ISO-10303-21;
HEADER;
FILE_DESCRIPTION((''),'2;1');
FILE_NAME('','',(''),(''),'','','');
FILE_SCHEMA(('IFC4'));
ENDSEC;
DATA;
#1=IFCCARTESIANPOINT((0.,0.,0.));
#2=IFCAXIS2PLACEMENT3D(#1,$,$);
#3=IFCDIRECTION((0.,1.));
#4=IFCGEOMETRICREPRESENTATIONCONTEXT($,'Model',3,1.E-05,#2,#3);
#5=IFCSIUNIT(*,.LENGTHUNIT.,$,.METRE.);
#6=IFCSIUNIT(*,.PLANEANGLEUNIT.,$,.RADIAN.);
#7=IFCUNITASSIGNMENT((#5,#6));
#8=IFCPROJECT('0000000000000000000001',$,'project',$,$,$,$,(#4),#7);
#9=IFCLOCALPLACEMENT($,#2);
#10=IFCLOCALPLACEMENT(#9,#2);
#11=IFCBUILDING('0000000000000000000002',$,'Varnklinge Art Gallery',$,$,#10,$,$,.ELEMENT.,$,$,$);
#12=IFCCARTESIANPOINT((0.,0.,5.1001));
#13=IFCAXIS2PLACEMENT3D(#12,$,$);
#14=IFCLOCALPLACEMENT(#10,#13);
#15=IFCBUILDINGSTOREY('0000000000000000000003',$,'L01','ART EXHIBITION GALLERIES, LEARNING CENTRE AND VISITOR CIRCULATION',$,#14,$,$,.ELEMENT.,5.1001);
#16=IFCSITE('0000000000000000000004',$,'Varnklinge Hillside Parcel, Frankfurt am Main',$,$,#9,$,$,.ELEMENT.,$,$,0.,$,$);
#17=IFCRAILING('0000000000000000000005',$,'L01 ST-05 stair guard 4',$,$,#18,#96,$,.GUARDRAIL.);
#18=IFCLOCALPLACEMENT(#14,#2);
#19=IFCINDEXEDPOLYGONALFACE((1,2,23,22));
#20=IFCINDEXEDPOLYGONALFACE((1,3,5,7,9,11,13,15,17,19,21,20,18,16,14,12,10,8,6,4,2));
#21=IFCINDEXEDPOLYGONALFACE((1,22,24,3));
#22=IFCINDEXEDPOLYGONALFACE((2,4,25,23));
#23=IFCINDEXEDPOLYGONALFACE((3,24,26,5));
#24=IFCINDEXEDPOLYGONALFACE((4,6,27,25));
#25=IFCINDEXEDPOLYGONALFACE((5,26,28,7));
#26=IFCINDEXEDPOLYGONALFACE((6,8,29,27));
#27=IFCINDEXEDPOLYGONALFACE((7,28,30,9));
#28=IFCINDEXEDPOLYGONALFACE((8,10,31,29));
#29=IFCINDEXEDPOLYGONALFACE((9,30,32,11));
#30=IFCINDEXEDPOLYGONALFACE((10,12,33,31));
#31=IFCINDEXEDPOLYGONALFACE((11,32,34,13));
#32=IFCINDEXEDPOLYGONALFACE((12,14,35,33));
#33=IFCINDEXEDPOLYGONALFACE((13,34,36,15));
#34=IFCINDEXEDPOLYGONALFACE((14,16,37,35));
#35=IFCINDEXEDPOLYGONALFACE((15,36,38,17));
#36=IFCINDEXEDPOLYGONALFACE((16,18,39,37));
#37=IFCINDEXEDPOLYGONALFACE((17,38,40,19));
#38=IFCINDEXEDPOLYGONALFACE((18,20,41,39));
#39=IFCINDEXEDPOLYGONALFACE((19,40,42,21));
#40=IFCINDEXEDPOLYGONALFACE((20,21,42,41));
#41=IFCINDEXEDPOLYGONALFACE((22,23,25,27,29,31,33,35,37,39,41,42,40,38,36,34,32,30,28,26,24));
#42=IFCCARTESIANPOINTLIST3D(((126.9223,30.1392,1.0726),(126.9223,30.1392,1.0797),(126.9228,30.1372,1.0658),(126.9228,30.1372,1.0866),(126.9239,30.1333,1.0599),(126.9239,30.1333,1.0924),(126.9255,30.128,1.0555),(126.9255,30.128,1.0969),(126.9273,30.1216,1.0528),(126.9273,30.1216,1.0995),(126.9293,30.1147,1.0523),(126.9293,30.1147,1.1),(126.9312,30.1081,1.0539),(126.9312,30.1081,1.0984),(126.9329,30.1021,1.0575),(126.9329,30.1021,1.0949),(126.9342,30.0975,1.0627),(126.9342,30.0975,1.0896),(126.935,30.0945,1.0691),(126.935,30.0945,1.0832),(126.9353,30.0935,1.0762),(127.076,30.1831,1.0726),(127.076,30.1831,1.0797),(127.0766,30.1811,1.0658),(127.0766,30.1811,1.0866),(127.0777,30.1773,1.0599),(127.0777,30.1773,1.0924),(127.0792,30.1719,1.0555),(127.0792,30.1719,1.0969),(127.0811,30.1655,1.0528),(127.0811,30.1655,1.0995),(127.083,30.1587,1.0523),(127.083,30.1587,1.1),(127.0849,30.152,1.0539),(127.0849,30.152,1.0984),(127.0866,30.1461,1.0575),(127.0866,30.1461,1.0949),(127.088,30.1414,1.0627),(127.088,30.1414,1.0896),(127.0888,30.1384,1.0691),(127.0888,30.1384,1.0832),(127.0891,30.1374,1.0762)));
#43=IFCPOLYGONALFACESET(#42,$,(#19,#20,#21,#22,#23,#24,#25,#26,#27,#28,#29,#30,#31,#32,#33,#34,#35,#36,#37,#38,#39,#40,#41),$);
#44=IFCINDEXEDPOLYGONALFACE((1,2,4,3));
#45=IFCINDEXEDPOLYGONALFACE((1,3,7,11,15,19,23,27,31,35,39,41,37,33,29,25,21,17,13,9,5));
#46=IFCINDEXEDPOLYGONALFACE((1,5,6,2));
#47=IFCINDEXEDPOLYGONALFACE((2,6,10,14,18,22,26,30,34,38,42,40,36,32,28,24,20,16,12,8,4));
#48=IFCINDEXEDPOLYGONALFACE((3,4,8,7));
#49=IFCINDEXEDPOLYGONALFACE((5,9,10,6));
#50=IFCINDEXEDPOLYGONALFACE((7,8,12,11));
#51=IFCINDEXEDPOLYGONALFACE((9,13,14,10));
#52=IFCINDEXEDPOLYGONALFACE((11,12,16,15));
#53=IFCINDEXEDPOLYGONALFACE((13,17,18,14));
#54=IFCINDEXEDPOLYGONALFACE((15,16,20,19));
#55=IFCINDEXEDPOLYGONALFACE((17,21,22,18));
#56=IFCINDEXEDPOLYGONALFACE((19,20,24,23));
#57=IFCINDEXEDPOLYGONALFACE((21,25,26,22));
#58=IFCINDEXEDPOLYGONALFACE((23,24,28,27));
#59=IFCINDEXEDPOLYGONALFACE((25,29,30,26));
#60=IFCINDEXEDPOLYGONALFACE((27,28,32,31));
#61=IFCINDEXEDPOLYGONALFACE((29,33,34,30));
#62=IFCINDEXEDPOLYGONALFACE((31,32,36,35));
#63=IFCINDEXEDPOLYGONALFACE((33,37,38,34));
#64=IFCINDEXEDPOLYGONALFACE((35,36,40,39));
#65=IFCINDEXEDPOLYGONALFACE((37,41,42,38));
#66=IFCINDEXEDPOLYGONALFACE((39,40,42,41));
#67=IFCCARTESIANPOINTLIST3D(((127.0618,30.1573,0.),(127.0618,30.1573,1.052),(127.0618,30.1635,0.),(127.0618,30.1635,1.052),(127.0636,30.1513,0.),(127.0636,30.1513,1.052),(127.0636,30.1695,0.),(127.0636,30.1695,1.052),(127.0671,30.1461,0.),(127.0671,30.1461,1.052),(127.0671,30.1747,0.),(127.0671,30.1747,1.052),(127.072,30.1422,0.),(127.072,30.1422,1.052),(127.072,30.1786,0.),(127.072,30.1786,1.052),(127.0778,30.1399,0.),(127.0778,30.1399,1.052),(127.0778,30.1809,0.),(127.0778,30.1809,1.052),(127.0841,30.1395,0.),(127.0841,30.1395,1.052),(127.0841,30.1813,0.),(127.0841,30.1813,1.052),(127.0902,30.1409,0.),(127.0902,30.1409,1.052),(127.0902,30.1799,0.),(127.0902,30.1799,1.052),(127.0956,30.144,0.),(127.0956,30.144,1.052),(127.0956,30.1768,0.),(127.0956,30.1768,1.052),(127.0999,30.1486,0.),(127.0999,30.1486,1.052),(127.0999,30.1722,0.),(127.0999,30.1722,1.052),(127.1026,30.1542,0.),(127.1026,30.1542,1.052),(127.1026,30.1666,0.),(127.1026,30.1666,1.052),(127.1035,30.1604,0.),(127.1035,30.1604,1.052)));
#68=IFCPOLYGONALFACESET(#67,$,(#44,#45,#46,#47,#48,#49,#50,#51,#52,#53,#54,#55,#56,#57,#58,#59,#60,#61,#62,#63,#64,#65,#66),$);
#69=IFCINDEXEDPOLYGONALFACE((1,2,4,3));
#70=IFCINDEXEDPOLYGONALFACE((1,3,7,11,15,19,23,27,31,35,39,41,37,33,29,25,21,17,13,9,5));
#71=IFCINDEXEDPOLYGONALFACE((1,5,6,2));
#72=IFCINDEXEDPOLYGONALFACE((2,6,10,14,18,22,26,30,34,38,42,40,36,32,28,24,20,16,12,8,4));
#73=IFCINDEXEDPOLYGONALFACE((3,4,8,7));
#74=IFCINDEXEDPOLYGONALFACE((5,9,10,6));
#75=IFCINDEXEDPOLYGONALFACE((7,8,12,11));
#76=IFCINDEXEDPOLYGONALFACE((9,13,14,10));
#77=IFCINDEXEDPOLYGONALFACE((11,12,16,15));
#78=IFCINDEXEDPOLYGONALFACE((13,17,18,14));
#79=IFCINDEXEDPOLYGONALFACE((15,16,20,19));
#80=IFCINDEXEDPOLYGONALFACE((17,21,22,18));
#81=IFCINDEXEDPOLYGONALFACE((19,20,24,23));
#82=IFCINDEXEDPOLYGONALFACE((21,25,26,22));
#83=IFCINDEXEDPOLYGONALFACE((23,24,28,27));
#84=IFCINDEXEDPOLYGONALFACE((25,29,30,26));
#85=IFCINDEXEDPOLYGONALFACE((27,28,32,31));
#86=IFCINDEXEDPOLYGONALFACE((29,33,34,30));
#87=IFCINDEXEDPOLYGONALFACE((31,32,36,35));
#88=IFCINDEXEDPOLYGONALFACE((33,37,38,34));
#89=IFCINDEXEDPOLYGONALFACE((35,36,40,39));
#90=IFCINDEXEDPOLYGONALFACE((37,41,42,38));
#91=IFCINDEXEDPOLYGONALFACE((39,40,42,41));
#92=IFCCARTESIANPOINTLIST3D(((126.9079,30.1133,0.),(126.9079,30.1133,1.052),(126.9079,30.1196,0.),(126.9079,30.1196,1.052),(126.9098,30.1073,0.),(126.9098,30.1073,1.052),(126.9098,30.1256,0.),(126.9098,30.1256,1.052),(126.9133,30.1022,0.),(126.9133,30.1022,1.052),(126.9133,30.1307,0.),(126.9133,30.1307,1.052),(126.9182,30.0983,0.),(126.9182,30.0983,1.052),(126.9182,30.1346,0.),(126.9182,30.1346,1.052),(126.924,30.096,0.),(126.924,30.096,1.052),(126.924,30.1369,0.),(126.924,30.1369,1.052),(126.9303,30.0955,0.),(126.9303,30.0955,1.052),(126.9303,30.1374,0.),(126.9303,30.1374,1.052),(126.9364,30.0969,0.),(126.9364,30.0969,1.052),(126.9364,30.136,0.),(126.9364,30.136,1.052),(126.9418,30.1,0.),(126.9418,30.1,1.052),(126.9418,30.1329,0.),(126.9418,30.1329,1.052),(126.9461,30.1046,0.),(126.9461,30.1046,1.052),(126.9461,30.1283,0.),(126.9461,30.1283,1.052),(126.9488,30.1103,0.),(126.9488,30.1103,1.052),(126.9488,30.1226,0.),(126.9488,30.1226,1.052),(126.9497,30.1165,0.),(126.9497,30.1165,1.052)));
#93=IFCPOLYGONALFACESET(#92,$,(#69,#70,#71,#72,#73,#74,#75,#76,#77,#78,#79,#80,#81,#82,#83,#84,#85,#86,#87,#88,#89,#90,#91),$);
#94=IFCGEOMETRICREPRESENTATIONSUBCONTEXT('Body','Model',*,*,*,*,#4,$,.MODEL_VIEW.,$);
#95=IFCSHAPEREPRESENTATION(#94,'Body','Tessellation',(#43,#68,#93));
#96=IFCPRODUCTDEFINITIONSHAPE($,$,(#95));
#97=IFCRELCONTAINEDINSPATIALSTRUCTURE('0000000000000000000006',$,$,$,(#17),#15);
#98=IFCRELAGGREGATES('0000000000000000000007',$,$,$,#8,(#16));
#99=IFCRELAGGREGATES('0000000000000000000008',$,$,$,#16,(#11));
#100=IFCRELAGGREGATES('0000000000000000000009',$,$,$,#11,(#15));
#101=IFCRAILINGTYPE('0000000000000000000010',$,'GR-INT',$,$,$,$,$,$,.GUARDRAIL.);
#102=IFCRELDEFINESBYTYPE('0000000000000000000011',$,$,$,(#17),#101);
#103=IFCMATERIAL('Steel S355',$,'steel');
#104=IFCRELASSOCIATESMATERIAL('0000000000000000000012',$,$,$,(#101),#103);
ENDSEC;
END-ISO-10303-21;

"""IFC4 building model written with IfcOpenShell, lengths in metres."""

from ifc_helpers import new_model, si_unit, direction, frame, origin, origin_2d, place, context, subcontext, project, spatial, circle, extrude, material, type_object, element, save


model = new_model("IFC4")

# Units and contexts
model_context = context("Model", 3, precision=1e-05, world=origin(), true_north=direction((0.0, 1.0)))
body_context = subcontext(model_context, "Body", "Model", "MODEL_VIEW")
ifc_project = project(units=[si_unit("LENGTHUNIT", "METRE"), si_unit("PLANEANGLEUNIT", "RADIAN")], contexts=[model_context])

# Site, building, storey
site_placement = place(None, origin())
site = spatial("IfcSite", under=ifc_project, at=site_placement, Name="Varnklinge Hillside Parcel, Frankfurt am Main", CompositionType="ELEMENT", RefElevation=0.0)
building_placement = place(site_placement, origin())
building = spatial("IfcBuilding", under=site, at=building_placement, Name="Varnklinge Art Gallery", CompositionType="ELEMENT")
storey_placement = place(building_placement, frame((0.0, 0.0, 5.1001)))
storey = spatial("IfcBuildingStorey", under=building, at=storey_placement, Name="L01", Description="ART EXHIBITION GALLERIES, LEARNING CENTRE AND VISITOR CIRCULATION", CompositionType="ELEMENT", Elevation=5.1001)

# Railing
ifc_material_1 = material(Name="Steel S355", Category="steel")
railing_type_1 = type_object("IfcRailingType", Name="GR-INT", PredefinedType="GUARDRAIL", material=ifc_material_1)
railing_1_placement = place(storey_placement, frame((127.0825, 30.1604, 0.0)))
element("IfcRailing", 1, at=railing_1_placement, inside=storey, type_object=railing_type_1, Name="L01 ST-05 stair guard 4", PredefinedType="GUARDRAIL", context=body_context, shape_type="SweptSolid", body=[
    extrude(circle(Radius=0.0239, at=origin_2d()), frame((0.0, 0.0, 1.0762), z_axis=(-0.961524, -0.274721, 0.0), x_axis=(0.274721, -0.961524, 0.0)), (0.0, 0.0, 1.0), 0.1599),
    extrude(circle(Radius=0.021, at=origin_2d()), origin(), (0.0, 0.0, 1.0), 1.052),
    extrude(circle(Radius=0.021, at=origin_2d()), frame((-0.1538, -0.0439, 0.0)), (0.0, 0.0, 1.0), 1.052),
])

save(model, "model.ifc")
